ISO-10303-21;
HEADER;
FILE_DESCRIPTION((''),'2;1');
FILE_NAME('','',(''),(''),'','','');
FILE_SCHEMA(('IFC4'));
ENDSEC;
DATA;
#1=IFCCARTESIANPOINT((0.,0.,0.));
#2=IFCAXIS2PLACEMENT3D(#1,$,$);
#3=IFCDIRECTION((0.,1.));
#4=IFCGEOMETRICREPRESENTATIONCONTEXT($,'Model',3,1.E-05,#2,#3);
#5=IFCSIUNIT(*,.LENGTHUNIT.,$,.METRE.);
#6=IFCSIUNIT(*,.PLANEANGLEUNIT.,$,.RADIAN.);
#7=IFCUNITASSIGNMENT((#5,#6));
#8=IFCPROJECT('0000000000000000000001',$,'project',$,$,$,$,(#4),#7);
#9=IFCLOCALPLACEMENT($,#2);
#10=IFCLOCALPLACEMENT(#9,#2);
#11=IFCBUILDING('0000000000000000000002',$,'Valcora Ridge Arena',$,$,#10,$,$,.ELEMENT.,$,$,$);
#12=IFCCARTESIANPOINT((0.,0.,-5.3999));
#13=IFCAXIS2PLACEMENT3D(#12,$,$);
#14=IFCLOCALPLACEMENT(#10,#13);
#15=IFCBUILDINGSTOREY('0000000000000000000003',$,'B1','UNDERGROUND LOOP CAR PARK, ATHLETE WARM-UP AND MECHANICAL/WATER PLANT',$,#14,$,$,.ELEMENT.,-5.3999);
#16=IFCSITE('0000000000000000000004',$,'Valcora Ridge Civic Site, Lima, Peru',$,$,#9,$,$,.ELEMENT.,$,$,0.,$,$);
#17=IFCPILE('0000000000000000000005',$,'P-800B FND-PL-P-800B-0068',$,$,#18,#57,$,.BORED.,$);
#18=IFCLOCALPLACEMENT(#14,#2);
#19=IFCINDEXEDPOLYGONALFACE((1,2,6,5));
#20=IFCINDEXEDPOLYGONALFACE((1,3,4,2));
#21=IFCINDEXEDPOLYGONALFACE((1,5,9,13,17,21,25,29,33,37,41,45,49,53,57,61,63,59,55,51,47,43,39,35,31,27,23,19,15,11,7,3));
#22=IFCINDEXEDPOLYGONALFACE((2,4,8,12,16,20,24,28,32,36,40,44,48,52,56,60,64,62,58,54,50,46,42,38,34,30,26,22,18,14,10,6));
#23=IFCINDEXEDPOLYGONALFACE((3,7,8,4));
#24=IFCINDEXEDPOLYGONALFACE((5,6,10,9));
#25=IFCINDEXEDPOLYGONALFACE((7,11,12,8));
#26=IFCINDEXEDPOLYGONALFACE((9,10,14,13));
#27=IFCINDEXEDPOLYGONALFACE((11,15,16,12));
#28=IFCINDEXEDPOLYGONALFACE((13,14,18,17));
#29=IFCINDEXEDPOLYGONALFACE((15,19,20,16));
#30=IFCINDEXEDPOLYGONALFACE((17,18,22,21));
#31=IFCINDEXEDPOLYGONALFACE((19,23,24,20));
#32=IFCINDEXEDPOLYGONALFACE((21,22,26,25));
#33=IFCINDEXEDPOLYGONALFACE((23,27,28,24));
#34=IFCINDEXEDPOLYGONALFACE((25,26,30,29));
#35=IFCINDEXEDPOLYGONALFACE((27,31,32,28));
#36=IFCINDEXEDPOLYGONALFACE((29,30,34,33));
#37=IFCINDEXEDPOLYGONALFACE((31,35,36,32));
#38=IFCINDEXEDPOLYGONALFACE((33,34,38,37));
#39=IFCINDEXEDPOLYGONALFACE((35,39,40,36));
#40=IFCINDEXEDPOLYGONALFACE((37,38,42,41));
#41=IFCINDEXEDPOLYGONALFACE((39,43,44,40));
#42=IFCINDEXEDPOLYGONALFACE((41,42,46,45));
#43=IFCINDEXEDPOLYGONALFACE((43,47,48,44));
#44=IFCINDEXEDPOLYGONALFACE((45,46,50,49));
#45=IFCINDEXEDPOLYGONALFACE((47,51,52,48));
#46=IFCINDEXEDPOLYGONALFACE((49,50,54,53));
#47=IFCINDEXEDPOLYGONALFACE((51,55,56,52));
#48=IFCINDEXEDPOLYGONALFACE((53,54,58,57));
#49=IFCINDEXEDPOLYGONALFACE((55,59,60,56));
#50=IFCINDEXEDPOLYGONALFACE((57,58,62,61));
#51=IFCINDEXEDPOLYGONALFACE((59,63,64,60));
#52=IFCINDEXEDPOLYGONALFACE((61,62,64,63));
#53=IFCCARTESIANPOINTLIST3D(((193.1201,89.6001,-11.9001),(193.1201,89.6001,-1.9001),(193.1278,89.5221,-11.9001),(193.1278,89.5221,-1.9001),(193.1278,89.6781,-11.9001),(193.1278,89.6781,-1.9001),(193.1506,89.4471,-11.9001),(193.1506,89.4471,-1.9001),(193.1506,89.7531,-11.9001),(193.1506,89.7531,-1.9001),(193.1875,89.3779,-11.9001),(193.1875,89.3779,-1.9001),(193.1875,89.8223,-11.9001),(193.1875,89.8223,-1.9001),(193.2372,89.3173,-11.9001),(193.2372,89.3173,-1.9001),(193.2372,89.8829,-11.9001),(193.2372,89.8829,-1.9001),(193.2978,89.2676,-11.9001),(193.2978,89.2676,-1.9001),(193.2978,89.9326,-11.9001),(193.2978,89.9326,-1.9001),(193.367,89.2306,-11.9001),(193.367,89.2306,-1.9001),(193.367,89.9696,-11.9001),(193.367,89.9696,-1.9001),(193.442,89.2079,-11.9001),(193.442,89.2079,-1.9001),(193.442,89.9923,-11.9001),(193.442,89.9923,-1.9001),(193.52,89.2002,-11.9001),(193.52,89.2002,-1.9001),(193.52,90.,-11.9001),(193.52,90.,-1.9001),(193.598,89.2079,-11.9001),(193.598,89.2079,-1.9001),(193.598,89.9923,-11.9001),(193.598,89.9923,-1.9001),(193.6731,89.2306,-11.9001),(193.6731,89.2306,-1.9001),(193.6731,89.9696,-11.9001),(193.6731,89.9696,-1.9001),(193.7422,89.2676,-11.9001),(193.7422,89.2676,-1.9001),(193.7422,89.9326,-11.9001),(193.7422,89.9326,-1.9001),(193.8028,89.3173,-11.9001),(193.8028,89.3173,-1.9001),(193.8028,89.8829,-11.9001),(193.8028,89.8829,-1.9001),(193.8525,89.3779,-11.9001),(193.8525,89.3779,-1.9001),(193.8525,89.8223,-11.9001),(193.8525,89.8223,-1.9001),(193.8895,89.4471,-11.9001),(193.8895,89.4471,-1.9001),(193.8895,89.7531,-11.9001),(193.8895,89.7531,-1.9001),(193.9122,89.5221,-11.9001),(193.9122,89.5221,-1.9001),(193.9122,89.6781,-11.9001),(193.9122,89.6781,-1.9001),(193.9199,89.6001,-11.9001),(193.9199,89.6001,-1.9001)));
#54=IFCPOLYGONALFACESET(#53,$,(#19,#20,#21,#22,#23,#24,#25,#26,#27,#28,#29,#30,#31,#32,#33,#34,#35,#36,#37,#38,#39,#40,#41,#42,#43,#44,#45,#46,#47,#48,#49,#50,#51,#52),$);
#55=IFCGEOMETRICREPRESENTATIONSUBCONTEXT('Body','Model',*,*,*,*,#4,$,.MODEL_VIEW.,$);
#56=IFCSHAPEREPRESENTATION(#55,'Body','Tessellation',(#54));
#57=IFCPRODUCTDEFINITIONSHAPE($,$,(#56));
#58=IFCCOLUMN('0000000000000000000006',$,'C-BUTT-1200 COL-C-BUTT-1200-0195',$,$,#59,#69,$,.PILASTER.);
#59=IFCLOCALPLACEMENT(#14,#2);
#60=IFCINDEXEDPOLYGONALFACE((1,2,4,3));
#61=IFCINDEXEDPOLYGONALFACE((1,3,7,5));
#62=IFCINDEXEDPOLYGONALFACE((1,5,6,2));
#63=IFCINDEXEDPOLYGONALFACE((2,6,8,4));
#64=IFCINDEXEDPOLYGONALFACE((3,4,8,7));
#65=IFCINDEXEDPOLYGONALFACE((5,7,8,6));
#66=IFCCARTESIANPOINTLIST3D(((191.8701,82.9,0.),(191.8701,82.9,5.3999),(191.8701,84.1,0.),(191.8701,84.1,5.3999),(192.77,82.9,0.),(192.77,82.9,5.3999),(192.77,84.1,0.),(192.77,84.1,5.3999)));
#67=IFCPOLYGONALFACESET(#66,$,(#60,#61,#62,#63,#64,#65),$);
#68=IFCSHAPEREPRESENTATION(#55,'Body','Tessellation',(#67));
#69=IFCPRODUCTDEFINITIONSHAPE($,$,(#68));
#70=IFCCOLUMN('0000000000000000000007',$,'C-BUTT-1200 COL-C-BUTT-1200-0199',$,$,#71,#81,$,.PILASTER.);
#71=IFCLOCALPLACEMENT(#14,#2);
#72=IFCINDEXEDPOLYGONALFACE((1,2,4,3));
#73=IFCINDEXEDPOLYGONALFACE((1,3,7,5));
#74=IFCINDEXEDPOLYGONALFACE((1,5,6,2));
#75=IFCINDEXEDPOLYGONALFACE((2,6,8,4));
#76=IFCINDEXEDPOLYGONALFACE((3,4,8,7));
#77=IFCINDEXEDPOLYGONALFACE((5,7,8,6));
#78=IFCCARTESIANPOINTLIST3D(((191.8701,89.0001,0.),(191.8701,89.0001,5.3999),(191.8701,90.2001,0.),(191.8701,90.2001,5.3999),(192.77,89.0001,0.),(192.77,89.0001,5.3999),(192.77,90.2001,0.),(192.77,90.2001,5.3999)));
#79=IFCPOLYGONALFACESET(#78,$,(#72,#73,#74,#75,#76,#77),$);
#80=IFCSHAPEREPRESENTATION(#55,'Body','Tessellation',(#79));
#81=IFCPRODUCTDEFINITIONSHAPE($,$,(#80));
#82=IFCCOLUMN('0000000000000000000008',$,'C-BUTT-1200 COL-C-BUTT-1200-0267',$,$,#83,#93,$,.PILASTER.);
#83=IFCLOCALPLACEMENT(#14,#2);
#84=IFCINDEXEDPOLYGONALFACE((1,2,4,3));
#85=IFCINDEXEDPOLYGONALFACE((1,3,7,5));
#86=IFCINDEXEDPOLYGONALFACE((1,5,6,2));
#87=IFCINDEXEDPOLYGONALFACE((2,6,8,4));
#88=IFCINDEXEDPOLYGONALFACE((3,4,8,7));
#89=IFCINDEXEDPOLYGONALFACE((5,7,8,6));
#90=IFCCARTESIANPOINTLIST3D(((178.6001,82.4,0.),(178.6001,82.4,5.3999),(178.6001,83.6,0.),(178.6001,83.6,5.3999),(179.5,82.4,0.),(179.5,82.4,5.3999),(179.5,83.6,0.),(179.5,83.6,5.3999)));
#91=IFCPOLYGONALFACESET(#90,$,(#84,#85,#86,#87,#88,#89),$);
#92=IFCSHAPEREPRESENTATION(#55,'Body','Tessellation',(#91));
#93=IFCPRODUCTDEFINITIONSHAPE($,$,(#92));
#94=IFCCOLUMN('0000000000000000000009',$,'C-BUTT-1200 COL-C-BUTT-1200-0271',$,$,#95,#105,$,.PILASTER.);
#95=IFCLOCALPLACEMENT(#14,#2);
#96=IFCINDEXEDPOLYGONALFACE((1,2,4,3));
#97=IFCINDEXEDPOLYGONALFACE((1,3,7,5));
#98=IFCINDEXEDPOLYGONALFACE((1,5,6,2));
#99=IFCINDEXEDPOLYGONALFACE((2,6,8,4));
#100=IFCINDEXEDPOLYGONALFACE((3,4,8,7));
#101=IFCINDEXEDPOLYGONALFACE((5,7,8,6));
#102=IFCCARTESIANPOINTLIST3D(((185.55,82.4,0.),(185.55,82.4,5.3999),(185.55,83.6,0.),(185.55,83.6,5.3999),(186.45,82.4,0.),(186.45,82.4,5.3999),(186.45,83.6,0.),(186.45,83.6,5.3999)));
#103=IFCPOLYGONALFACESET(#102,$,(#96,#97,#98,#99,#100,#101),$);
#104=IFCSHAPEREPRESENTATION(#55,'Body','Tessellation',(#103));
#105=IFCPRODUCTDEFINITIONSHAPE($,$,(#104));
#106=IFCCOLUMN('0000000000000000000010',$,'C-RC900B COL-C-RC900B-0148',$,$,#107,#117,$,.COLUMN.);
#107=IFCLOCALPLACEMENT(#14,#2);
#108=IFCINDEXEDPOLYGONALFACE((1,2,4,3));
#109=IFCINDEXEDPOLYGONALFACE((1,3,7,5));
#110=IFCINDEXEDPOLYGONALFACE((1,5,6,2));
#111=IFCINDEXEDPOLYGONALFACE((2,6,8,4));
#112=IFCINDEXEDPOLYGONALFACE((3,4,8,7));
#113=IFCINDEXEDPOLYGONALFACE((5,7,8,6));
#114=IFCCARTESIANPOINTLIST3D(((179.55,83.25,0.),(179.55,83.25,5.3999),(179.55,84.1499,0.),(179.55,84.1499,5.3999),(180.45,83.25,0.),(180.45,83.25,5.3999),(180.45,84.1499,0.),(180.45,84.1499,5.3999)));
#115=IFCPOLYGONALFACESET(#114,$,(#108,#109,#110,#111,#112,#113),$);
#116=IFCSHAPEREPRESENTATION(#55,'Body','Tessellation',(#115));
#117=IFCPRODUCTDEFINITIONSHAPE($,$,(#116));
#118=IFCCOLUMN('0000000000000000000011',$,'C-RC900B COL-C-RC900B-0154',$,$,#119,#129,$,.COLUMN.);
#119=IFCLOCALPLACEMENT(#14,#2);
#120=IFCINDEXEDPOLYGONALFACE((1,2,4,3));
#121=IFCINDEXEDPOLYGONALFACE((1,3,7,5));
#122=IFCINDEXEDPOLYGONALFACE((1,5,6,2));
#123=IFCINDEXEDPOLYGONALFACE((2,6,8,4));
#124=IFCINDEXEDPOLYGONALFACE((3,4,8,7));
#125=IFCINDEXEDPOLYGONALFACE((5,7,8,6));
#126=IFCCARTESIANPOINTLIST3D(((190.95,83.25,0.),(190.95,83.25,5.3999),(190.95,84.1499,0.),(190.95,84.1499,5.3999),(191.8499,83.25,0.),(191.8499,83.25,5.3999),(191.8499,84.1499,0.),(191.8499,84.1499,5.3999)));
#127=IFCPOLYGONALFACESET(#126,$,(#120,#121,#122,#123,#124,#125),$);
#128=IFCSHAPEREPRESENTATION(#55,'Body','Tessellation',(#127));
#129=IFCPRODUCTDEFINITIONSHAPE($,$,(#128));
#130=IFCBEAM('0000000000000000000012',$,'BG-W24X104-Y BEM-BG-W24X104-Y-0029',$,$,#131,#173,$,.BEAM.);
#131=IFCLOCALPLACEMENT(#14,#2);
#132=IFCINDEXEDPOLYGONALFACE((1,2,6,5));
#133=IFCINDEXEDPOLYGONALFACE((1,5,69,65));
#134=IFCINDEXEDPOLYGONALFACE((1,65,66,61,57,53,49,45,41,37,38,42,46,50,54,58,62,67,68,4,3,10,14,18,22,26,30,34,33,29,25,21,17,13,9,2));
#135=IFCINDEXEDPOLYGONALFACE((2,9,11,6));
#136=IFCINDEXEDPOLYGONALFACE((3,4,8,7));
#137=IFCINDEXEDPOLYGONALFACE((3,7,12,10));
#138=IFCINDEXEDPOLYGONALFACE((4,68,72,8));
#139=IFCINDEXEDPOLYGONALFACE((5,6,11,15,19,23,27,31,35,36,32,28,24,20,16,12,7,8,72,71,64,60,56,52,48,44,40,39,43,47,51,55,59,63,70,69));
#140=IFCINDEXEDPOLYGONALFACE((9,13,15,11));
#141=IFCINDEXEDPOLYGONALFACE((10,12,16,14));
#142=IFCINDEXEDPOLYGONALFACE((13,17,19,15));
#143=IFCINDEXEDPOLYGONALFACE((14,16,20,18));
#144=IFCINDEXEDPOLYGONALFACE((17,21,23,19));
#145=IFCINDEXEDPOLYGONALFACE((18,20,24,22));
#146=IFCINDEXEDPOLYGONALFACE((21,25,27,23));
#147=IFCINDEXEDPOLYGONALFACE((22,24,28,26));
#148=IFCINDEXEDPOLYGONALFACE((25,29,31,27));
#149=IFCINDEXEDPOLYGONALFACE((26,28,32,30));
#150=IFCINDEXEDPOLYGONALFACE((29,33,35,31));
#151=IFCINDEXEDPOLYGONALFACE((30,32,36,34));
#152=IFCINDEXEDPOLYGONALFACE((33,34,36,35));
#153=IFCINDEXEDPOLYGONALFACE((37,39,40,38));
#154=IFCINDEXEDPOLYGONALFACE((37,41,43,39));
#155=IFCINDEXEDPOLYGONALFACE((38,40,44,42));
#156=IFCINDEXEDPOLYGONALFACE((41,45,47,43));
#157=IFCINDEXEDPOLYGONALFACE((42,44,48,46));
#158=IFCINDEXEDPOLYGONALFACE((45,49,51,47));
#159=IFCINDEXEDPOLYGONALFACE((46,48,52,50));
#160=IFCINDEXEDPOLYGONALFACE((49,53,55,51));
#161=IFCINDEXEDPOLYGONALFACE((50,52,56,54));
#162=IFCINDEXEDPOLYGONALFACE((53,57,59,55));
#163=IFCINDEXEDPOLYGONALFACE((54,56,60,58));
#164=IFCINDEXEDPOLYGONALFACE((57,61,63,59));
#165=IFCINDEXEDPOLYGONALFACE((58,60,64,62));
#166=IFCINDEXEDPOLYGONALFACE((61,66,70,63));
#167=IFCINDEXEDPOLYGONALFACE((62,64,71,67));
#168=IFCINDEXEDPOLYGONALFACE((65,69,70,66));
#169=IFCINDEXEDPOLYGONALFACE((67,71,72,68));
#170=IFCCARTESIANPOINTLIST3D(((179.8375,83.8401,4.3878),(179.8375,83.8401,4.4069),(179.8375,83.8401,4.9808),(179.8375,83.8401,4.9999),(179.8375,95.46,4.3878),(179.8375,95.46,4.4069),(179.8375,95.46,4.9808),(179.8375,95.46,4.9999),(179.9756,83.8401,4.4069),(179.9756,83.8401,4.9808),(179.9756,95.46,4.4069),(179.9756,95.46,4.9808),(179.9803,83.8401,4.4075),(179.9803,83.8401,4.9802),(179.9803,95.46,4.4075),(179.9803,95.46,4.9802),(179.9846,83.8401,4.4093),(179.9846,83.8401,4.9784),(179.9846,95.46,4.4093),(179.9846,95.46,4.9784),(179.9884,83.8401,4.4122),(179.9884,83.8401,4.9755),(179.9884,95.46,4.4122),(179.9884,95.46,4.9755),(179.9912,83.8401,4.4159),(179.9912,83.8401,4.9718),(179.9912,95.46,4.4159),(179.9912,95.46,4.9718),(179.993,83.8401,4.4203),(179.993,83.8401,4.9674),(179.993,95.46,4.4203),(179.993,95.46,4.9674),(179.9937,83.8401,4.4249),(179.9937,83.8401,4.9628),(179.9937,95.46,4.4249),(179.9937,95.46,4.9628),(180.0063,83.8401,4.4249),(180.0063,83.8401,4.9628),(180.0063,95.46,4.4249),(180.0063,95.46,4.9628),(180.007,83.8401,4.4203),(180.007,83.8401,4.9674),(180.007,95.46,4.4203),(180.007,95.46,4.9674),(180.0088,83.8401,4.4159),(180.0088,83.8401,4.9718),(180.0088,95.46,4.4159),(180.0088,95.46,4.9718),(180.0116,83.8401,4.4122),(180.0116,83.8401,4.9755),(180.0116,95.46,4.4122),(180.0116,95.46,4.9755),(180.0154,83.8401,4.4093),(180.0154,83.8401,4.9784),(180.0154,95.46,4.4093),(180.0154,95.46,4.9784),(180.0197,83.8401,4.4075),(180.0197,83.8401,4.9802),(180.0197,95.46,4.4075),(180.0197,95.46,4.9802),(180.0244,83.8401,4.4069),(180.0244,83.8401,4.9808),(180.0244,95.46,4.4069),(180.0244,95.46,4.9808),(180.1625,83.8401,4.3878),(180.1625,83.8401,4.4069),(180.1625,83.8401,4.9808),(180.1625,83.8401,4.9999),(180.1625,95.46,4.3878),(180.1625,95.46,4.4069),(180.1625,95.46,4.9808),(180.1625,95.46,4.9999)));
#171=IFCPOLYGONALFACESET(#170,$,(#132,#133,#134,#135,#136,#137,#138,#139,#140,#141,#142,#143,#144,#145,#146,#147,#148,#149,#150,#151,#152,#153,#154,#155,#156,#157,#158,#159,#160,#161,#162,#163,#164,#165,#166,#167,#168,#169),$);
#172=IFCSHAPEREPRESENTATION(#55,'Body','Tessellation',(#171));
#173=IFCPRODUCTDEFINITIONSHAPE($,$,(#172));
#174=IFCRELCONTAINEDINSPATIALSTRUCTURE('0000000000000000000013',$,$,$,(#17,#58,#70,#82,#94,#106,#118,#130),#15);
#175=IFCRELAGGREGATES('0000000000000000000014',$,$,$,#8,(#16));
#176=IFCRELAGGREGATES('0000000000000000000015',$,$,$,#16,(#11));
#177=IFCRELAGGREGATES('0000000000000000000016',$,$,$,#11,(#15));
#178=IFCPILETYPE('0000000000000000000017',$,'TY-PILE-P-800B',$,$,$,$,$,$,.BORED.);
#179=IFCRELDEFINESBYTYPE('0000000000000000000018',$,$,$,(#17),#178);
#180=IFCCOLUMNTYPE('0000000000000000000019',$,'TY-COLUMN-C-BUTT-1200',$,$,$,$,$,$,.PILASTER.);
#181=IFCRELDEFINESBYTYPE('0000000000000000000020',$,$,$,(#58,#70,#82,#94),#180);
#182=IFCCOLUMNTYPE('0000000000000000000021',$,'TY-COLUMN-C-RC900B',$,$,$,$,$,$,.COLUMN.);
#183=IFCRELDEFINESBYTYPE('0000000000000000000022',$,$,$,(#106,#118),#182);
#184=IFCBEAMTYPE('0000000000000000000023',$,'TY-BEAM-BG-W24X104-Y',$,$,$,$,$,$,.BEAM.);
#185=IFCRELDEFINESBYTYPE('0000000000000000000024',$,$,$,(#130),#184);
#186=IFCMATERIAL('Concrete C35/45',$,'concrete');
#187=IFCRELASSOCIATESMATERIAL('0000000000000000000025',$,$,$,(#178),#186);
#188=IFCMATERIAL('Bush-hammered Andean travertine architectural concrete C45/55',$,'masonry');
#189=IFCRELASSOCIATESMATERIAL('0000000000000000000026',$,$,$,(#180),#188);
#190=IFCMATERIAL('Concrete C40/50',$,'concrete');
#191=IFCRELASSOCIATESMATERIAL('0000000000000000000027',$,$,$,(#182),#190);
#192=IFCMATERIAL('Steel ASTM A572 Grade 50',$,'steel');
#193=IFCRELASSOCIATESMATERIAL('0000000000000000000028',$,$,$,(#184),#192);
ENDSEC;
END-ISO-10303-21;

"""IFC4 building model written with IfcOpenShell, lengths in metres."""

from ifc_helpers import new_model, si_unit, direction, frame, origin, origin_2d, place, context, subcontext, project, spatial, rectangle, circle, i_section, extrude, material, material_profile, profile_set, type_object, element, save


model = new_model("IFC4")

# Units and contexts
model_context = context("Model", 3, precision=1e-05, world=origin(), true_north=direction((0.0, 1.0)))
body_context = subcontext(model_context, "Body", "Model", "MODEL_VIEW")
ifc_project = project(units=[si_unit("LENGTHUNIT", "METRE"), si_unit("PLANEANGLEUNIT", "RADIAN")], contexts=[model_context])

# Site, building, storey
site_placement = place(None, origin())
site = spatial("IfcSite", under=ifc_project, at=site_placement, Name="Valcora Ridge Civic Site, Lima, Peru", CompositionType="ELEMENT", RefElevation=0.0)
building_placement = place(site_placement, origin())
building = spatial("IfcBuilding", under=site, at=building_placement, Name="Valcora Ridge Arena", CompositionType="ELEMENT")
storey_placement = place(building_placement, frame((0.0, 0.0, -5.3999)))
storey = spatial("IfcBuildingStorey", under=building, at=storey_placement, Name="B1", Description="UNDERGROUND LOOP CAR PARK, ATHLETE WARM-UP AND MECHANICAL/WATER PLANT", CompositionType="ELEMENT", Elevation=-5.3999)

# Shared definitions
ifc_material_1 = material(Name="Concrete C40/50", Category="concrete")

# Pile
ifc_material_2 = material(Name="Concrete C35/45", Category="concrete")
ifc_material_profile_1 = material_profile(ifc_material_2, circle(Radius=0.3999, at=origin_2d()), Name="BORED PILE D800")
ifc_profile_set_1 = profile_set([ifc_material_profile_1], Name="Concrete C35/45")
pile_type_1 = type_object("IfcPileType", Name="TY-PILE-P-800B", PredefinedType="BORED", material=ifc_profile_set_1)
for number, where, z_axis, x_axis, name in (
    (1, (193.52, 89.6001, -1.9001), (0.0, 0.0, -1.0), (1.0, 0.0, 0.0), "P-800B FND-PL-P-800B-0068"),
):
    element("IfcPile", number, at=place(storey_placement, frame(where, z_axis=z_axis, x_axis=x_axis)), inside=storey, type_object=pile_type_1, Name=name, PredefinedType="BORED", context=body_context, shape_type="SweptSolid", body=[
        extrude(circle(Radius=0.3999, at=origin_2d()), origin(), (0.0, 0.0, 1.0), 10.0),
    ])

# Columns
ifc_material_3 = material(Name="Bush-hammered Andean travertine architectural concrete C45/55", Category="masonry")
ifc_material_profile_2 = material_profile(ifc_material_3, rectangle(XDim=0.8999, YDim=1.2, at=origin_2d()), Name="RC 900x1200")
ifc_profile_set_2 = profile_set([ifc_material_profile_2], Name="Bush-hammered Andean travertine architectural concrete C45/55")
column_type_1 = type_object("IfcColumnType", Name="TY-COLUMN-C-BUTT-1200", PredefinedType="PILASTER", material=ifc_profile_set_2)
for number, where, z_axis, x_axis, name in (
    (2, (192.3201, 83.5, 0.0), (0.0, 0.0, 1.0), (1.0, 0.0, 0.0), "C-BUTT-1200 COL-C-BUTT-1200-0195"),
    (3, (192.3201, 89.6001, 0.0), (0.0, 0.0, 1.0), (1.0, 0.0, 0.0), "C-BUTT-1200 COL-C-BUTT-1200-0199"),
    (4, (179.05, 83.0, 0.0), (0.0, 0.0, 1.0), (1.0, 0.0, 0.0), "C-BUTT-1200 COL-C-BUTT-1200-0267"),
    (5, (186.0, 83.0, 0.0), (0.0, 0.0, 1.0), (1.0, 0.0, 0.0), "C-BUTT-1200 COL-C-BUTT-1200-0271"),
):
    element("IfcColumn", number, at=place(storey_placement, frame(where, z_axis=z_axis, x_axis=x_axis)), inside=storey, type_object=column_type_1, Name=name, PredefinedType="PILASTER", context=body_context, shape_type="SweptSolid", body=[
        extrude(rectangle(XDim=0.8999, YDim=1.2, at=origin_2d()), origin(), (0.0, 0.0, 1.0), 5.3999),
    ])
ifc_material_profile_3 = material_profile(ifc_material_1, rectangle(XDim=0.8999, YDim=0.8999, at=origin_2d()), Name="RC 900x900")
ifc_profile_set_3 = profile_set([ifc_material_profile_3], Name="Concrete C40/50")
column_type_2 = type_object("IfcColumnType", Name="TY-COLUMN-C-RC900B", PredefinedType="COLUMN", material=ifc_profile_set_3)
for number, where, z_axis, x_axis, name in (
    (6, (180.0, 83.7, 0.0), (0.0, 0.0, 1.0), (1.0, 0.0, 0.0), "C-RC900B COL-C-RC900B-0148"),
    (7, (191.3999, 83.7, 0.0), (0.0, 0.0, 1.0), (1.0, 0.0, 0.0), "C-RC900B COL-C-RC900B-0154"),
):
    element("IfcColumn", number, at=place(storey_placement, frame(where, z_axis=z_axis, x_axis=x_axis)), inside=storey, type_object=column_type_2, Name=name, PredefinedType="COLUMN", context=body_context, shape_type="SweptSolid", body=[
        extrude(rectangle(XDim=0.8999, YDim=0.8999, at=origin_2d()), origin(), (0.0, 0.0, 1.0), 5.3999),
    ])

# Beam
ifc_material_4 = material(Name="Steel ASTM A572 Grade 50", Category="steel")
ifc_material_profile_4 = material_profile(ifc_material_4, i_section(OverallWidth=0.325, OverallDepth=0.6121, WebThickness=0.0127, FlangeThickness=0.019, FilletRadius=0.0181, at=origin_2d()), Name="W24X104")
ifc_profile_set_4 = profile_set([ifc_material_profile_4], Name="Steel ASTM A572 Grade 50")
beam_type_1 = type_object("IfcBeamType", Name="TY-BEAM-BG-W24X104-Y", PredefinedType="BEAM", material=ifc_profile_set_4)
for number, where, z_axis, x_axis, name in (
    (8, (180.0, 83.8401, 4.6938), (0.0, 1.0, 0.0), (-1.0, 0.0, 0.0), "BG-W24X104-Y BEM-BG-W24X104-Y-0029"),
):
    element("IfcBeam", number, at=place(storey_placement, frame(where, z_axis=z_axis, x_axis=x_axis)), inside=storey, type_object=beam_type_1, Name=name, PredefinedType="BEAM", context=body_context, shape_type="SweptSolid", body=[
        extrude(i_section(OverallWidth=0.325, OverallDepth=0.6121, WebThickness=0.0127, FlangeThickness=0.019, FilletRadius=0.0181, at=origin_2d()), origin(), (0.0, 0.0, 1.0), 11.6199),
    ])

save(model, "model.ifc")
